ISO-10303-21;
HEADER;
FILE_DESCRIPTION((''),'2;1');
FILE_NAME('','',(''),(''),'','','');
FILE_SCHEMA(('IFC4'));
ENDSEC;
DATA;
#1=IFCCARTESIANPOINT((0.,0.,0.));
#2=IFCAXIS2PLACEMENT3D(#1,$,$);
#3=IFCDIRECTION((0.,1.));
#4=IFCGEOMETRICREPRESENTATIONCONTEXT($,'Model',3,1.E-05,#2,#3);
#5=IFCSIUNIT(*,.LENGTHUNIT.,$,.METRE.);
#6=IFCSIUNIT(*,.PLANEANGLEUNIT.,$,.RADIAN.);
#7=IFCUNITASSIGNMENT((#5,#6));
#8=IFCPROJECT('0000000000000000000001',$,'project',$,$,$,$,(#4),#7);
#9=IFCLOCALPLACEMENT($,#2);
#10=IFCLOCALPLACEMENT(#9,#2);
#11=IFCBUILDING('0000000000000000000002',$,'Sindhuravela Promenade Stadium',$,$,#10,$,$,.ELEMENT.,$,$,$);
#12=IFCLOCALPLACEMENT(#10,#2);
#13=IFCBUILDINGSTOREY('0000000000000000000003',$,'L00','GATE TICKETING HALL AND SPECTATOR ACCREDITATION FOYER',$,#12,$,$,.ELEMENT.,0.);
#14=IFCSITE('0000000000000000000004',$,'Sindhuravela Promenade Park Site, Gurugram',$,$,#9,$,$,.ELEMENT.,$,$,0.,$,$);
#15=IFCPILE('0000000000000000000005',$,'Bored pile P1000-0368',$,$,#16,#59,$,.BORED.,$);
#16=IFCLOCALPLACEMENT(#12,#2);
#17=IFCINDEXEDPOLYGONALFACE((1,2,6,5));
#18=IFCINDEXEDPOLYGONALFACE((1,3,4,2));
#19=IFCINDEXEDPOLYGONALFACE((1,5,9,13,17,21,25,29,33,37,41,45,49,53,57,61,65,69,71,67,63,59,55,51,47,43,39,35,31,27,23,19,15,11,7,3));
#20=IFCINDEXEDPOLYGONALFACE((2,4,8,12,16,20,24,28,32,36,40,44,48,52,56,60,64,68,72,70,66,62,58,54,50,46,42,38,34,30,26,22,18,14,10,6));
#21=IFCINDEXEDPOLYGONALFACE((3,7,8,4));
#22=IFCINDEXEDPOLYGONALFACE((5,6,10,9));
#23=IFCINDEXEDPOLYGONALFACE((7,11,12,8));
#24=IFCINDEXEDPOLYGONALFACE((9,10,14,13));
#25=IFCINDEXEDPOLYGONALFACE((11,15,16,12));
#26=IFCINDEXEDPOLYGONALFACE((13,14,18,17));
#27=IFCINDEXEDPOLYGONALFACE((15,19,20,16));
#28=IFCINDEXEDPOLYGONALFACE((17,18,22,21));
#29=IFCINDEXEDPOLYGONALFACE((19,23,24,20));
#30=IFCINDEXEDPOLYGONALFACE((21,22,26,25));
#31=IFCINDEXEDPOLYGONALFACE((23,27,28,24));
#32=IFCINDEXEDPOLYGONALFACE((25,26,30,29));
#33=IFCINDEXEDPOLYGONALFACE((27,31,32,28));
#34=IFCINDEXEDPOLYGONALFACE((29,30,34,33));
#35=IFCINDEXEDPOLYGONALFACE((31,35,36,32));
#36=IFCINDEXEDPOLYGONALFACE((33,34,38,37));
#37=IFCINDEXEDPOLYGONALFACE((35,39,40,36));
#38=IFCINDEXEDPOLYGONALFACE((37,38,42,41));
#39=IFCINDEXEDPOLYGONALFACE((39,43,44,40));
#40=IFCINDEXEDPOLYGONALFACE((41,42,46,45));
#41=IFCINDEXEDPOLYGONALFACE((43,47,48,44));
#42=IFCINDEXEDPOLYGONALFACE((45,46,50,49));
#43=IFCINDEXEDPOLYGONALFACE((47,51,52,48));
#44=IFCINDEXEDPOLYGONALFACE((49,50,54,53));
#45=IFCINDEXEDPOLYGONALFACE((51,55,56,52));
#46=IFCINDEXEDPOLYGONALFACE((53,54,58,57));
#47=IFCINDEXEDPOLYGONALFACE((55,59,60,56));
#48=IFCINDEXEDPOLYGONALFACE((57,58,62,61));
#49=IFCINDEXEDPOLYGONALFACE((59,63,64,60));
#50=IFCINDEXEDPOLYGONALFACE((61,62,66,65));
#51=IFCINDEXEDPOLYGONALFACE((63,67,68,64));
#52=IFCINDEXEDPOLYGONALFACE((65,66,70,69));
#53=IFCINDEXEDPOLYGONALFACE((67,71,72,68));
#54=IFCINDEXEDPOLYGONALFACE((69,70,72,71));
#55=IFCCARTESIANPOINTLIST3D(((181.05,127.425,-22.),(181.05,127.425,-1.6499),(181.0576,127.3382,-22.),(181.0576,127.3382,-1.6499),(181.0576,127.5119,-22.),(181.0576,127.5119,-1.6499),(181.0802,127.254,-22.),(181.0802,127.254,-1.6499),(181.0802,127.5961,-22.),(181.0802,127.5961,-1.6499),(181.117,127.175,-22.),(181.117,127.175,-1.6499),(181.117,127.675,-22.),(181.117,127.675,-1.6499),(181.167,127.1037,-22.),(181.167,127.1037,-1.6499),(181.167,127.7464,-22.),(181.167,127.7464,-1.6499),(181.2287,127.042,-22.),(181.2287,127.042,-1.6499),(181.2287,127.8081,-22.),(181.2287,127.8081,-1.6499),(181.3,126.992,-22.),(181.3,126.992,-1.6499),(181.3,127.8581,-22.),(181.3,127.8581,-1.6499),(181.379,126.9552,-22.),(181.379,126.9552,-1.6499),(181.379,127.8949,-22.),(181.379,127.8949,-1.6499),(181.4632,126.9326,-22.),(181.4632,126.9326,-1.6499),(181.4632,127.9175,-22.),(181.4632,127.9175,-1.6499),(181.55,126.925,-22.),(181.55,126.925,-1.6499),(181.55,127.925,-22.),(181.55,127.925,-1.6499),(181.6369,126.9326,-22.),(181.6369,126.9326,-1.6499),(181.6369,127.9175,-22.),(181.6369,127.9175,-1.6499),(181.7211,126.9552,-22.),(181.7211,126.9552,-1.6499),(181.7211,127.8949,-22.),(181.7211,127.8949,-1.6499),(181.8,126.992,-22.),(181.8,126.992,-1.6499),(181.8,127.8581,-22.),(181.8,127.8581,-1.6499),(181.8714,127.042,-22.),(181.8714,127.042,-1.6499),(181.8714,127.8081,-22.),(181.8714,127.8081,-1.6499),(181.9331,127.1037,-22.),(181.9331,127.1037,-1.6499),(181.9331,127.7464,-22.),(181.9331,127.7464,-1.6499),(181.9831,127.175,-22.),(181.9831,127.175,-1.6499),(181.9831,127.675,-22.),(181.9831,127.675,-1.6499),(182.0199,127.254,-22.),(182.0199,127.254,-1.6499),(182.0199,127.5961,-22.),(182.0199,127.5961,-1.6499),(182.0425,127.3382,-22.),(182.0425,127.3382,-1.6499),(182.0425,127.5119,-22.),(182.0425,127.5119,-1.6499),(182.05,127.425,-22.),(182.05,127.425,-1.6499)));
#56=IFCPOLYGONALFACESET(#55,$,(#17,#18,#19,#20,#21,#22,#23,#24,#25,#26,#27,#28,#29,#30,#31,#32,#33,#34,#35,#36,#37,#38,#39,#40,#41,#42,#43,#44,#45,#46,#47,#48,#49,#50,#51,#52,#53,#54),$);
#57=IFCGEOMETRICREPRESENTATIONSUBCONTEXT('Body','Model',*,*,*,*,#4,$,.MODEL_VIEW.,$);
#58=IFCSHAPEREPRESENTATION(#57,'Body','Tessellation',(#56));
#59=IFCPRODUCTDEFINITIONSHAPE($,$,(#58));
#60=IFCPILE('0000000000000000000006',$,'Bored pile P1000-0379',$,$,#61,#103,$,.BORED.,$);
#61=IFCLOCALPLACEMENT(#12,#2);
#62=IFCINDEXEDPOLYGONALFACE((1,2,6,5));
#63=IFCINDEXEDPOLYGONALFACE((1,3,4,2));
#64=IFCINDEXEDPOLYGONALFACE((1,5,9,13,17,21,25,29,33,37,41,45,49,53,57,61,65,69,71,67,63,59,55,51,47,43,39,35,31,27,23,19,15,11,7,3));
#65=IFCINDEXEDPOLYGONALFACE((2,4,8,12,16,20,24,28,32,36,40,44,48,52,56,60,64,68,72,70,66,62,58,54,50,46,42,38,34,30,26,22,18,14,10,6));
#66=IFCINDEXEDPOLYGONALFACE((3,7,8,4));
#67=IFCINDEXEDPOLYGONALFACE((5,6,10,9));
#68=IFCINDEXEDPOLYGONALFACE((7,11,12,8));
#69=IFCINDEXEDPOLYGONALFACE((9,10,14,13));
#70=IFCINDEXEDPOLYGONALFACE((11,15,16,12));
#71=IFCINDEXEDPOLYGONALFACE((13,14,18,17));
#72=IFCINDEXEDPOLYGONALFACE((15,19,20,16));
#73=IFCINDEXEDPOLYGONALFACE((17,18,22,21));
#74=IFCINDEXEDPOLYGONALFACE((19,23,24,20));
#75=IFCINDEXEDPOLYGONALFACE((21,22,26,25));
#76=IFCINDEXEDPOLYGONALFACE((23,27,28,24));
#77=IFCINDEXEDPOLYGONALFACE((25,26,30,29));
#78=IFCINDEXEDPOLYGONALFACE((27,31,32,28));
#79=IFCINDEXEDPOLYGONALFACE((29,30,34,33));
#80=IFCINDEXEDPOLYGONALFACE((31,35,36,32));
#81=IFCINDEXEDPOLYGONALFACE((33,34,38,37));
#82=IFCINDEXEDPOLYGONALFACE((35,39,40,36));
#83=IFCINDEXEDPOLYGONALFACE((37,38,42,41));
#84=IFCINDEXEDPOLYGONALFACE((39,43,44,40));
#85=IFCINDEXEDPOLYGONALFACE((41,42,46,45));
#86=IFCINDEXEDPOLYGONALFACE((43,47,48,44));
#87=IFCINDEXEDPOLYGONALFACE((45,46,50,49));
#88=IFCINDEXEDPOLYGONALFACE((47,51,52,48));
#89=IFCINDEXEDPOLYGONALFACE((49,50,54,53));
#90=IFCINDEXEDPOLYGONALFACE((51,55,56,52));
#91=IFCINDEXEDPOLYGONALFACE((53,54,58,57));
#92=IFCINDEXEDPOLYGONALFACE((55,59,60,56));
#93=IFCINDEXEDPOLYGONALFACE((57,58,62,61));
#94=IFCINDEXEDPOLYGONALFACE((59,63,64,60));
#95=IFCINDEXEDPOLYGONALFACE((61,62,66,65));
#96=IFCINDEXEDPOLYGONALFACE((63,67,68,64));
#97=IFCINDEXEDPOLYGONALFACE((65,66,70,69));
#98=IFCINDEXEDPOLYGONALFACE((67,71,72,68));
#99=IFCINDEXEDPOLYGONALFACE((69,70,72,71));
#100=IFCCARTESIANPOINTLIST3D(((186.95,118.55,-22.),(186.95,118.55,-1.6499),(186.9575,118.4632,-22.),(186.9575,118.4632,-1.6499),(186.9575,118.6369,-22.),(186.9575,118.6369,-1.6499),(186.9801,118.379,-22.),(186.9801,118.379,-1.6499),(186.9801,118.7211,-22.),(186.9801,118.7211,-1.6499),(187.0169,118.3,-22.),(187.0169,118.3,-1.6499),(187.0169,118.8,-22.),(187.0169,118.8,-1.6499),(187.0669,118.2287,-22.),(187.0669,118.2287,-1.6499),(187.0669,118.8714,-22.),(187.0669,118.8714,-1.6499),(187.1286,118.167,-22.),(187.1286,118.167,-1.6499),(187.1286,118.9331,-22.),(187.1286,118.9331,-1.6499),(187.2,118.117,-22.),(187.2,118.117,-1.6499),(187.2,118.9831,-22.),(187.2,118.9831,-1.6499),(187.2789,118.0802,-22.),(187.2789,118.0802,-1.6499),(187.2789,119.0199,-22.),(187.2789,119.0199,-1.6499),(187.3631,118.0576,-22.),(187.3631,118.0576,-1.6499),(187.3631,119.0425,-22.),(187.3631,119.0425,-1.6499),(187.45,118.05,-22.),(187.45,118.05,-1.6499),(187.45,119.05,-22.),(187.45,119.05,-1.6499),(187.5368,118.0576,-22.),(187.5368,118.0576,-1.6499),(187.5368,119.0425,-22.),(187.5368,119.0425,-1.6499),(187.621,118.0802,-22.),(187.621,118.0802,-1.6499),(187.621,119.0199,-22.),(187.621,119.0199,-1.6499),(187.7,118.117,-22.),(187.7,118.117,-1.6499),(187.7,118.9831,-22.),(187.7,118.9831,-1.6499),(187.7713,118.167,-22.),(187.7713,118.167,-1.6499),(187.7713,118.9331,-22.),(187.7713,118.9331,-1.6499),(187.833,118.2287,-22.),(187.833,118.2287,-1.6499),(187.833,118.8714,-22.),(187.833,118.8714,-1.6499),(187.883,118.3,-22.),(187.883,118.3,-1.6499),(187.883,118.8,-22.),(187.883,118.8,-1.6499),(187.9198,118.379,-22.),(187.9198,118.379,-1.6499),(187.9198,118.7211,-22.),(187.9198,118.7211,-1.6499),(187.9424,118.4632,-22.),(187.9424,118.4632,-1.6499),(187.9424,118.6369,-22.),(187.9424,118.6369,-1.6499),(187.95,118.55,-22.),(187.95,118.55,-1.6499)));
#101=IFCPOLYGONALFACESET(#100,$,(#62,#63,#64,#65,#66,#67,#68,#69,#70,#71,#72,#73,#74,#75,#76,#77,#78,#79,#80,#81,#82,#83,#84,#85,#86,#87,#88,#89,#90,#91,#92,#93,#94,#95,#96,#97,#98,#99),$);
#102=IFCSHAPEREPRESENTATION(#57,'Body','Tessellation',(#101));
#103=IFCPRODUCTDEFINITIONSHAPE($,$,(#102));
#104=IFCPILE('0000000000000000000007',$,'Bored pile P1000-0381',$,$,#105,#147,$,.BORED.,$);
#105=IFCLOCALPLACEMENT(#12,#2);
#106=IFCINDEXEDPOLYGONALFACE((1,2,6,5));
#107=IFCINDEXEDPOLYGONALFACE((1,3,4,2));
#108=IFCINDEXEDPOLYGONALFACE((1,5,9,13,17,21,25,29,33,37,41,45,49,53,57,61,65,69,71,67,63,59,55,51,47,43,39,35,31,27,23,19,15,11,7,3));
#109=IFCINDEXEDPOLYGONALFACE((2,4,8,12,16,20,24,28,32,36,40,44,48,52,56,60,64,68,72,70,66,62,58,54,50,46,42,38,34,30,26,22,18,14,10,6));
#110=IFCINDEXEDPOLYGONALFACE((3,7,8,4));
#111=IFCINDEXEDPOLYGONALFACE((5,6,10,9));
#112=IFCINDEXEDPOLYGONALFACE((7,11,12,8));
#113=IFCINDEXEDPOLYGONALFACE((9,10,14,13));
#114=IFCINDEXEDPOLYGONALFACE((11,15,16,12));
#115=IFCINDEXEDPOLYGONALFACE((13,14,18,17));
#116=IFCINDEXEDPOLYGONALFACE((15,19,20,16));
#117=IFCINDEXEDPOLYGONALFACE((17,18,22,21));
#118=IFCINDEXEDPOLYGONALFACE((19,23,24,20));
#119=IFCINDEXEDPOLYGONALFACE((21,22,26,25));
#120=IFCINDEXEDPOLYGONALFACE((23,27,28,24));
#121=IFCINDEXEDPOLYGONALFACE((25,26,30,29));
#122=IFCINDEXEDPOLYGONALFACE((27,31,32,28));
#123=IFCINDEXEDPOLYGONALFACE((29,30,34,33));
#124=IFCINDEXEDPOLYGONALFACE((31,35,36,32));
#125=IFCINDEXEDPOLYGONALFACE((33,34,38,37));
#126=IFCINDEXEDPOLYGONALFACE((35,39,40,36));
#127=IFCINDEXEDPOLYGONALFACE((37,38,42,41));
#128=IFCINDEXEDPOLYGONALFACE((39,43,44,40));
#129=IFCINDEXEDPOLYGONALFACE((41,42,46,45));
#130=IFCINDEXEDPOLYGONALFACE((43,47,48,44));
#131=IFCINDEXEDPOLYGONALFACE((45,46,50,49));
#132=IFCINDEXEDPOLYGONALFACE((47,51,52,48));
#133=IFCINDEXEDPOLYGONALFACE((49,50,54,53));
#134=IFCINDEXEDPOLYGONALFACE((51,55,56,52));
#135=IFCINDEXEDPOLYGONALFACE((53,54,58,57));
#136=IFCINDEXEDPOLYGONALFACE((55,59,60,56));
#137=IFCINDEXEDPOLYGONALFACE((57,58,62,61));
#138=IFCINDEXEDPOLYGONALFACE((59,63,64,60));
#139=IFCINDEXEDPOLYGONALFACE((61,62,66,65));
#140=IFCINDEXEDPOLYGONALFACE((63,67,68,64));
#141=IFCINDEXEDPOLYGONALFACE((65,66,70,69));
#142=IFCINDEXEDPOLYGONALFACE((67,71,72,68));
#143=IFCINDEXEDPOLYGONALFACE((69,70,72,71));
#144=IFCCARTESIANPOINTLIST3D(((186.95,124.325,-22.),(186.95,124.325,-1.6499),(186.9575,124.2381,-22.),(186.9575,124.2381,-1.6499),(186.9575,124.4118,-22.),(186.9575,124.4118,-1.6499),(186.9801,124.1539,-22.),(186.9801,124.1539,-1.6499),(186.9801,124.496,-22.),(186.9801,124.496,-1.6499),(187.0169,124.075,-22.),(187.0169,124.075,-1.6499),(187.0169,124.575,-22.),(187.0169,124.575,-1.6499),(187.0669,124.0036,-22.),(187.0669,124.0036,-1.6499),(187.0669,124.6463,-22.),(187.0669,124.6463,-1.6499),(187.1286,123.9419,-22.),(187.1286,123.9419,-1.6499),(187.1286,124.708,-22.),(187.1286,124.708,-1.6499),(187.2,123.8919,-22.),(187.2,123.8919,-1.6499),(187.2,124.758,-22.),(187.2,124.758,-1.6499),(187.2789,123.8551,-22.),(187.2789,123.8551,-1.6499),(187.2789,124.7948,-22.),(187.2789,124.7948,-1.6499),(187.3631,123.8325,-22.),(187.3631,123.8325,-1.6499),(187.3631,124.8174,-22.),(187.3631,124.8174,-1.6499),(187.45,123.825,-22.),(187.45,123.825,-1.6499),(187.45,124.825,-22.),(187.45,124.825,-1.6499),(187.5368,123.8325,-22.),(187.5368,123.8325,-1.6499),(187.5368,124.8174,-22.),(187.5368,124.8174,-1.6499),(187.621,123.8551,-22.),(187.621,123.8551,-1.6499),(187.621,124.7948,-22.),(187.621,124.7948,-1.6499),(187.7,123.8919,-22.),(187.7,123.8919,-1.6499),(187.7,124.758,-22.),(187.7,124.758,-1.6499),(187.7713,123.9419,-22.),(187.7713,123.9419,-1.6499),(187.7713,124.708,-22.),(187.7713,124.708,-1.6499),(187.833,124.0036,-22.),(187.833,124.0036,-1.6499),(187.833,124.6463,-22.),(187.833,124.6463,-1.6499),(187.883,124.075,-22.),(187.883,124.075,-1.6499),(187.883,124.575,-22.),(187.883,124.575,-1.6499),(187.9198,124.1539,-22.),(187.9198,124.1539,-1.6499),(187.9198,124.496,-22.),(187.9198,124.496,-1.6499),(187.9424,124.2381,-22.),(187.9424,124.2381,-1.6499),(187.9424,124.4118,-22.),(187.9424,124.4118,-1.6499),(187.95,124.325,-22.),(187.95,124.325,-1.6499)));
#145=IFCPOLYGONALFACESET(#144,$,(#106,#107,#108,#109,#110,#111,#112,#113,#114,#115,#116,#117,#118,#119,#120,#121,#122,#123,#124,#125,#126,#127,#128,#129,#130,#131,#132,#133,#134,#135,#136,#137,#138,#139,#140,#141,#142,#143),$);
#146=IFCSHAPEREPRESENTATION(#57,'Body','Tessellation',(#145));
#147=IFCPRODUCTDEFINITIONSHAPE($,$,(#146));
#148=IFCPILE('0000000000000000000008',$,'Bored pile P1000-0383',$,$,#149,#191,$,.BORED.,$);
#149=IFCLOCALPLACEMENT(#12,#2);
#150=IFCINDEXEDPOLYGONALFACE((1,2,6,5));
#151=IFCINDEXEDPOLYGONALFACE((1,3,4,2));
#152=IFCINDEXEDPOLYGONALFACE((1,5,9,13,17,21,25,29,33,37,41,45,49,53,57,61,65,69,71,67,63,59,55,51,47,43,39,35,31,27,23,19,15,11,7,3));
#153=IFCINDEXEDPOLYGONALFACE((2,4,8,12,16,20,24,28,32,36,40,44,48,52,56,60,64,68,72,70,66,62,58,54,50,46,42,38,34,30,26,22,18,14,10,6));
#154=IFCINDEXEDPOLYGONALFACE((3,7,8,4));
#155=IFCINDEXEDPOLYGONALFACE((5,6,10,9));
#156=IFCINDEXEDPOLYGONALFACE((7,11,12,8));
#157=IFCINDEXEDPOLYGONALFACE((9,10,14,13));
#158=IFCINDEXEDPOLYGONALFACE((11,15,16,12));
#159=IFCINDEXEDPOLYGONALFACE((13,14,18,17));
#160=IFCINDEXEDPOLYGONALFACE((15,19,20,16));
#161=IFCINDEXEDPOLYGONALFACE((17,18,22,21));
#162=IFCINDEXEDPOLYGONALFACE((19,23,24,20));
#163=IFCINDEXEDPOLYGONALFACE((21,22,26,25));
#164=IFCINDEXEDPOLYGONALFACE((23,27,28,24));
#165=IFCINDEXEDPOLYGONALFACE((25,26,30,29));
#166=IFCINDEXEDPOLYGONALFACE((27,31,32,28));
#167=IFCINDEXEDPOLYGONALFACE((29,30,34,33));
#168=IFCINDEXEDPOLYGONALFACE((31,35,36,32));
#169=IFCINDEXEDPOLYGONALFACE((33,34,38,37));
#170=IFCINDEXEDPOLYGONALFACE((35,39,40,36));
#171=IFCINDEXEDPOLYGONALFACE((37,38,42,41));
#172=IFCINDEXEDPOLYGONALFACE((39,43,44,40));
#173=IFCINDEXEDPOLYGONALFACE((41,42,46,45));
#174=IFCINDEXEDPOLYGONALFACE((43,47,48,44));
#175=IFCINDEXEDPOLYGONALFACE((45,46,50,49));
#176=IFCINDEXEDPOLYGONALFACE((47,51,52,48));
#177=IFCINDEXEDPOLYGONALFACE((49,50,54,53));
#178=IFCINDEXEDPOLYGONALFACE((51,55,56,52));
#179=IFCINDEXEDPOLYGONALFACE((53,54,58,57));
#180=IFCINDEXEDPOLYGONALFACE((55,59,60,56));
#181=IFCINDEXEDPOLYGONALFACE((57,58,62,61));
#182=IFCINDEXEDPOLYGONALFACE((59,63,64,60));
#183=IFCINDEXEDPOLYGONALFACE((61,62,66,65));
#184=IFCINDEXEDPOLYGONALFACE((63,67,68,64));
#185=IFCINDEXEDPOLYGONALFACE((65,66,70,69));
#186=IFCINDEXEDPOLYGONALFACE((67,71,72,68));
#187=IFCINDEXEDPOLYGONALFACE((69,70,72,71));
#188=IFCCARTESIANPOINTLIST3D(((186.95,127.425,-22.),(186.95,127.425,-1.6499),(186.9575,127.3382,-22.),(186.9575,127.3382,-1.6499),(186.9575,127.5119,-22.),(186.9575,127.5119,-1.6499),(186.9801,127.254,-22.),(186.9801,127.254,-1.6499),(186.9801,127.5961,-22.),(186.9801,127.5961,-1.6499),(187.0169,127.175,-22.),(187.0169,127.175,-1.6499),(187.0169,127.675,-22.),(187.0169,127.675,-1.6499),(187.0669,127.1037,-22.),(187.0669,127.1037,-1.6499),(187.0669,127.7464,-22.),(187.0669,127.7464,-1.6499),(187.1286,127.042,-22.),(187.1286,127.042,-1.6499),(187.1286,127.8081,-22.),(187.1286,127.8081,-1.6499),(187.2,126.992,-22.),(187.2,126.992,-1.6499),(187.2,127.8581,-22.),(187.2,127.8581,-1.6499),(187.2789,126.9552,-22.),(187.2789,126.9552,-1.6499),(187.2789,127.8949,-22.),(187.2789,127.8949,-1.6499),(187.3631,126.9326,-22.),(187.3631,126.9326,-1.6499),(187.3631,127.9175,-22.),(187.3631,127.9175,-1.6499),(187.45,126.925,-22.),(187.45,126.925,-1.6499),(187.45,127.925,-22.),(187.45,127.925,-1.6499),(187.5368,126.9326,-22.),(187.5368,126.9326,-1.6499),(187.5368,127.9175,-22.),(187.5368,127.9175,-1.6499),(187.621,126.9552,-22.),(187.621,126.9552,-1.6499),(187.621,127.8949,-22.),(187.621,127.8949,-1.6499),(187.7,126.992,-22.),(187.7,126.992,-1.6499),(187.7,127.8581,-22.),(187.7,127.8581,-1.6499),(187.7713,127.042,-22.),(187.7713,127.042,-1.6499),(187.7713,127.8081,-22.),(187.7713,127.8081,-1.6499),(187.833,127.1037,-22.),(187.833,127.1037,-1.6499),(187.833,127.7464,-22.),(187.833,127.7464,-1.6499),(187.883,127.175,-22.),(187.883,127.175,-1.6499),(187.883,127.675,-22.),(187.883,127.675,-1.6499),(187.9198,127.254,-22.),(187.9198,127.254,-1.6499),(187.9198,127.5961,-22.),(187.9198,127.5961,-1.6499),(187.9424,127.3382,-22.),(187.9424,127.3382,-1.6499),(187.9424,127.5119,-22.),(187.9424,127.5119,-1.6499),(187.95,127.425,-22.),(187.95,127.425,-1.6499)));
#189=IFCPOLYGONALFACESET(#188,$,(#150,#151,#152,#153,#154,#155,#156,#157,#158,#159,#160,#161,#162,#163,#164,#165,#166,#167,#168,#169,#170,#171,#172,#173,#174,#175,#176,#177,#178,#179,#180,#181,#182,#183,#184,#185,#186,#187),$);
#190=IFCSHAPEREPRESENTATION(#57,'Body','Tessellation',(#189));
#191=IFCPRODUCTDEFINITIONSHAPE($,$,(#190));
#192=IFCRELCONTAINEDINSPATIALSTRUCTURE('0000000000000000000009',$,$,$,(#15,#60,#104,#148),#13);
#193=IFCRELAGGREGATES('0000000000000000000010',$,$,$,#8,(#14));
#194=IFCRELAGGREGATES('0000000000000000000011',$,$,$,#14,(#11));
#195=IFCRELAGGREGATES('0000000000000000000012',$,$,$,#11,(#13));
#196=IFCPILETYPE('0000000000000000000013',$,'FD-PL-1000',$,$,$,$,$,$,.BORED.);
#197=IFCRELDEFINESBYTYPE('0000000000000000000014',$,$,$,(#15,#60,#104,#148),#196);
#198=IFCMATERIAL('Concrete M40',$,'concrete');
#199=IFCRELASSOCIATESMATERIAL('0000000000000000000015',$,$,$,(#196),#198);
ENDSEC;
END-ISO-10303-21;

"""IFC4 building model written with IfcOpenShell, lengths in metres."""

from ifc_helpers import new_model, si_unit, direction, frame, origin, origin_2d, place, context, subcontext, project, spatial, circle, extrude, material, material_profile, profile_set, type_object, element, save


model = new_model("IFC4")

# Units and contexts
model_context = context("Model", 3, precision=1e-05, world=origin(), true_north=direction((0.0, 1.0)))
body_context = subcontext(model_context, "Body", "Model", "MODEL_VIEW")
ifc_project = project(units=[si_unit("LENGTHUNIT", "METRE"), si_unit("PLANEANGLEUNIT", "RADIAN")], contexts=[model_context])

# Site, building, storey
site_placement = place(None, origin())
site = spatial("IfcSite", under=ifc_project, at=site_placement, Name="Sindhuravela Promenade Park Site, Gurugram", CompositionType="ELEMENT", RefElevation=0.0)
building_placement = place(site_placement, origin())
building = spatial("IfcBuilding", under=site, at=building_placement, Name="Sindhuravela Promenade Stadium", CompositionType="ELEMENT")
storey_placement = place(building_placement, origin())
storey = spatial("IfcBuildingStorey", under=building, at=storey_placement, Name="L00", Description="GATE TICKETING HALL AND SPECTATOR ACCREDITATION FOYER", CompositionType="ELEMENT", Elevation=0.0)

# Piles
ifc_material_1 = material(Name="Concrete M40", Category="concrete")
ifc_material_profile_1 = material_profile(ifc_material_1, circle(Radius=0.5, at=origin_2d()), Name="BORED PILE D1000")
ifc_profile_set_1 = profile_set([ifc_material_profile_1], Name="Concrete M40")
pile_type_1 = type_object("IfcPileType", Name="FD-PL-1000", PredefinedType="BORED", material=ifc_profile_set_1)
for number, where, z_axis, x_axis, name in (
    (1, (181.55, 127.425, -1.6499), (0.0, 0.0, -1.0), (1.0, 0.0, 0.0), "Bored pile P1000-0368"),
    (2, (187.45, 118.55, -1.6499), (0.0, 0.0, -1.0), (1.0, 0.0, 0.0), "Bored pile P1000-0379"),
    (3, (187.45, 124.325, -1.6499), (0.0, 0.0, -1.0), (1.0, 0.0, 0.0), "Bored pile P1000-0381"),
    (4, (187.45, 127.425, -1.6499), (0.0, 0.0, -1.0), (1.0, 0.0, 0.0), "Bored pile P1000-0383"),
):
    element("IfcPile", number, at=place(storey_placement, frame(where, z_axis=z_axis, x_axis=x_axis)), inside=storey, type_object=pile_type_1, Name=name, PredefinedType="BORED", context=body_context, shape_type="SweptSolid", body=[
        extrude(circle(Radius=0.5, at=origin_2d()), origin(), (0.0, 0.0, 1.0), 20.3501),
    ])

save(model, "model.ifc")
